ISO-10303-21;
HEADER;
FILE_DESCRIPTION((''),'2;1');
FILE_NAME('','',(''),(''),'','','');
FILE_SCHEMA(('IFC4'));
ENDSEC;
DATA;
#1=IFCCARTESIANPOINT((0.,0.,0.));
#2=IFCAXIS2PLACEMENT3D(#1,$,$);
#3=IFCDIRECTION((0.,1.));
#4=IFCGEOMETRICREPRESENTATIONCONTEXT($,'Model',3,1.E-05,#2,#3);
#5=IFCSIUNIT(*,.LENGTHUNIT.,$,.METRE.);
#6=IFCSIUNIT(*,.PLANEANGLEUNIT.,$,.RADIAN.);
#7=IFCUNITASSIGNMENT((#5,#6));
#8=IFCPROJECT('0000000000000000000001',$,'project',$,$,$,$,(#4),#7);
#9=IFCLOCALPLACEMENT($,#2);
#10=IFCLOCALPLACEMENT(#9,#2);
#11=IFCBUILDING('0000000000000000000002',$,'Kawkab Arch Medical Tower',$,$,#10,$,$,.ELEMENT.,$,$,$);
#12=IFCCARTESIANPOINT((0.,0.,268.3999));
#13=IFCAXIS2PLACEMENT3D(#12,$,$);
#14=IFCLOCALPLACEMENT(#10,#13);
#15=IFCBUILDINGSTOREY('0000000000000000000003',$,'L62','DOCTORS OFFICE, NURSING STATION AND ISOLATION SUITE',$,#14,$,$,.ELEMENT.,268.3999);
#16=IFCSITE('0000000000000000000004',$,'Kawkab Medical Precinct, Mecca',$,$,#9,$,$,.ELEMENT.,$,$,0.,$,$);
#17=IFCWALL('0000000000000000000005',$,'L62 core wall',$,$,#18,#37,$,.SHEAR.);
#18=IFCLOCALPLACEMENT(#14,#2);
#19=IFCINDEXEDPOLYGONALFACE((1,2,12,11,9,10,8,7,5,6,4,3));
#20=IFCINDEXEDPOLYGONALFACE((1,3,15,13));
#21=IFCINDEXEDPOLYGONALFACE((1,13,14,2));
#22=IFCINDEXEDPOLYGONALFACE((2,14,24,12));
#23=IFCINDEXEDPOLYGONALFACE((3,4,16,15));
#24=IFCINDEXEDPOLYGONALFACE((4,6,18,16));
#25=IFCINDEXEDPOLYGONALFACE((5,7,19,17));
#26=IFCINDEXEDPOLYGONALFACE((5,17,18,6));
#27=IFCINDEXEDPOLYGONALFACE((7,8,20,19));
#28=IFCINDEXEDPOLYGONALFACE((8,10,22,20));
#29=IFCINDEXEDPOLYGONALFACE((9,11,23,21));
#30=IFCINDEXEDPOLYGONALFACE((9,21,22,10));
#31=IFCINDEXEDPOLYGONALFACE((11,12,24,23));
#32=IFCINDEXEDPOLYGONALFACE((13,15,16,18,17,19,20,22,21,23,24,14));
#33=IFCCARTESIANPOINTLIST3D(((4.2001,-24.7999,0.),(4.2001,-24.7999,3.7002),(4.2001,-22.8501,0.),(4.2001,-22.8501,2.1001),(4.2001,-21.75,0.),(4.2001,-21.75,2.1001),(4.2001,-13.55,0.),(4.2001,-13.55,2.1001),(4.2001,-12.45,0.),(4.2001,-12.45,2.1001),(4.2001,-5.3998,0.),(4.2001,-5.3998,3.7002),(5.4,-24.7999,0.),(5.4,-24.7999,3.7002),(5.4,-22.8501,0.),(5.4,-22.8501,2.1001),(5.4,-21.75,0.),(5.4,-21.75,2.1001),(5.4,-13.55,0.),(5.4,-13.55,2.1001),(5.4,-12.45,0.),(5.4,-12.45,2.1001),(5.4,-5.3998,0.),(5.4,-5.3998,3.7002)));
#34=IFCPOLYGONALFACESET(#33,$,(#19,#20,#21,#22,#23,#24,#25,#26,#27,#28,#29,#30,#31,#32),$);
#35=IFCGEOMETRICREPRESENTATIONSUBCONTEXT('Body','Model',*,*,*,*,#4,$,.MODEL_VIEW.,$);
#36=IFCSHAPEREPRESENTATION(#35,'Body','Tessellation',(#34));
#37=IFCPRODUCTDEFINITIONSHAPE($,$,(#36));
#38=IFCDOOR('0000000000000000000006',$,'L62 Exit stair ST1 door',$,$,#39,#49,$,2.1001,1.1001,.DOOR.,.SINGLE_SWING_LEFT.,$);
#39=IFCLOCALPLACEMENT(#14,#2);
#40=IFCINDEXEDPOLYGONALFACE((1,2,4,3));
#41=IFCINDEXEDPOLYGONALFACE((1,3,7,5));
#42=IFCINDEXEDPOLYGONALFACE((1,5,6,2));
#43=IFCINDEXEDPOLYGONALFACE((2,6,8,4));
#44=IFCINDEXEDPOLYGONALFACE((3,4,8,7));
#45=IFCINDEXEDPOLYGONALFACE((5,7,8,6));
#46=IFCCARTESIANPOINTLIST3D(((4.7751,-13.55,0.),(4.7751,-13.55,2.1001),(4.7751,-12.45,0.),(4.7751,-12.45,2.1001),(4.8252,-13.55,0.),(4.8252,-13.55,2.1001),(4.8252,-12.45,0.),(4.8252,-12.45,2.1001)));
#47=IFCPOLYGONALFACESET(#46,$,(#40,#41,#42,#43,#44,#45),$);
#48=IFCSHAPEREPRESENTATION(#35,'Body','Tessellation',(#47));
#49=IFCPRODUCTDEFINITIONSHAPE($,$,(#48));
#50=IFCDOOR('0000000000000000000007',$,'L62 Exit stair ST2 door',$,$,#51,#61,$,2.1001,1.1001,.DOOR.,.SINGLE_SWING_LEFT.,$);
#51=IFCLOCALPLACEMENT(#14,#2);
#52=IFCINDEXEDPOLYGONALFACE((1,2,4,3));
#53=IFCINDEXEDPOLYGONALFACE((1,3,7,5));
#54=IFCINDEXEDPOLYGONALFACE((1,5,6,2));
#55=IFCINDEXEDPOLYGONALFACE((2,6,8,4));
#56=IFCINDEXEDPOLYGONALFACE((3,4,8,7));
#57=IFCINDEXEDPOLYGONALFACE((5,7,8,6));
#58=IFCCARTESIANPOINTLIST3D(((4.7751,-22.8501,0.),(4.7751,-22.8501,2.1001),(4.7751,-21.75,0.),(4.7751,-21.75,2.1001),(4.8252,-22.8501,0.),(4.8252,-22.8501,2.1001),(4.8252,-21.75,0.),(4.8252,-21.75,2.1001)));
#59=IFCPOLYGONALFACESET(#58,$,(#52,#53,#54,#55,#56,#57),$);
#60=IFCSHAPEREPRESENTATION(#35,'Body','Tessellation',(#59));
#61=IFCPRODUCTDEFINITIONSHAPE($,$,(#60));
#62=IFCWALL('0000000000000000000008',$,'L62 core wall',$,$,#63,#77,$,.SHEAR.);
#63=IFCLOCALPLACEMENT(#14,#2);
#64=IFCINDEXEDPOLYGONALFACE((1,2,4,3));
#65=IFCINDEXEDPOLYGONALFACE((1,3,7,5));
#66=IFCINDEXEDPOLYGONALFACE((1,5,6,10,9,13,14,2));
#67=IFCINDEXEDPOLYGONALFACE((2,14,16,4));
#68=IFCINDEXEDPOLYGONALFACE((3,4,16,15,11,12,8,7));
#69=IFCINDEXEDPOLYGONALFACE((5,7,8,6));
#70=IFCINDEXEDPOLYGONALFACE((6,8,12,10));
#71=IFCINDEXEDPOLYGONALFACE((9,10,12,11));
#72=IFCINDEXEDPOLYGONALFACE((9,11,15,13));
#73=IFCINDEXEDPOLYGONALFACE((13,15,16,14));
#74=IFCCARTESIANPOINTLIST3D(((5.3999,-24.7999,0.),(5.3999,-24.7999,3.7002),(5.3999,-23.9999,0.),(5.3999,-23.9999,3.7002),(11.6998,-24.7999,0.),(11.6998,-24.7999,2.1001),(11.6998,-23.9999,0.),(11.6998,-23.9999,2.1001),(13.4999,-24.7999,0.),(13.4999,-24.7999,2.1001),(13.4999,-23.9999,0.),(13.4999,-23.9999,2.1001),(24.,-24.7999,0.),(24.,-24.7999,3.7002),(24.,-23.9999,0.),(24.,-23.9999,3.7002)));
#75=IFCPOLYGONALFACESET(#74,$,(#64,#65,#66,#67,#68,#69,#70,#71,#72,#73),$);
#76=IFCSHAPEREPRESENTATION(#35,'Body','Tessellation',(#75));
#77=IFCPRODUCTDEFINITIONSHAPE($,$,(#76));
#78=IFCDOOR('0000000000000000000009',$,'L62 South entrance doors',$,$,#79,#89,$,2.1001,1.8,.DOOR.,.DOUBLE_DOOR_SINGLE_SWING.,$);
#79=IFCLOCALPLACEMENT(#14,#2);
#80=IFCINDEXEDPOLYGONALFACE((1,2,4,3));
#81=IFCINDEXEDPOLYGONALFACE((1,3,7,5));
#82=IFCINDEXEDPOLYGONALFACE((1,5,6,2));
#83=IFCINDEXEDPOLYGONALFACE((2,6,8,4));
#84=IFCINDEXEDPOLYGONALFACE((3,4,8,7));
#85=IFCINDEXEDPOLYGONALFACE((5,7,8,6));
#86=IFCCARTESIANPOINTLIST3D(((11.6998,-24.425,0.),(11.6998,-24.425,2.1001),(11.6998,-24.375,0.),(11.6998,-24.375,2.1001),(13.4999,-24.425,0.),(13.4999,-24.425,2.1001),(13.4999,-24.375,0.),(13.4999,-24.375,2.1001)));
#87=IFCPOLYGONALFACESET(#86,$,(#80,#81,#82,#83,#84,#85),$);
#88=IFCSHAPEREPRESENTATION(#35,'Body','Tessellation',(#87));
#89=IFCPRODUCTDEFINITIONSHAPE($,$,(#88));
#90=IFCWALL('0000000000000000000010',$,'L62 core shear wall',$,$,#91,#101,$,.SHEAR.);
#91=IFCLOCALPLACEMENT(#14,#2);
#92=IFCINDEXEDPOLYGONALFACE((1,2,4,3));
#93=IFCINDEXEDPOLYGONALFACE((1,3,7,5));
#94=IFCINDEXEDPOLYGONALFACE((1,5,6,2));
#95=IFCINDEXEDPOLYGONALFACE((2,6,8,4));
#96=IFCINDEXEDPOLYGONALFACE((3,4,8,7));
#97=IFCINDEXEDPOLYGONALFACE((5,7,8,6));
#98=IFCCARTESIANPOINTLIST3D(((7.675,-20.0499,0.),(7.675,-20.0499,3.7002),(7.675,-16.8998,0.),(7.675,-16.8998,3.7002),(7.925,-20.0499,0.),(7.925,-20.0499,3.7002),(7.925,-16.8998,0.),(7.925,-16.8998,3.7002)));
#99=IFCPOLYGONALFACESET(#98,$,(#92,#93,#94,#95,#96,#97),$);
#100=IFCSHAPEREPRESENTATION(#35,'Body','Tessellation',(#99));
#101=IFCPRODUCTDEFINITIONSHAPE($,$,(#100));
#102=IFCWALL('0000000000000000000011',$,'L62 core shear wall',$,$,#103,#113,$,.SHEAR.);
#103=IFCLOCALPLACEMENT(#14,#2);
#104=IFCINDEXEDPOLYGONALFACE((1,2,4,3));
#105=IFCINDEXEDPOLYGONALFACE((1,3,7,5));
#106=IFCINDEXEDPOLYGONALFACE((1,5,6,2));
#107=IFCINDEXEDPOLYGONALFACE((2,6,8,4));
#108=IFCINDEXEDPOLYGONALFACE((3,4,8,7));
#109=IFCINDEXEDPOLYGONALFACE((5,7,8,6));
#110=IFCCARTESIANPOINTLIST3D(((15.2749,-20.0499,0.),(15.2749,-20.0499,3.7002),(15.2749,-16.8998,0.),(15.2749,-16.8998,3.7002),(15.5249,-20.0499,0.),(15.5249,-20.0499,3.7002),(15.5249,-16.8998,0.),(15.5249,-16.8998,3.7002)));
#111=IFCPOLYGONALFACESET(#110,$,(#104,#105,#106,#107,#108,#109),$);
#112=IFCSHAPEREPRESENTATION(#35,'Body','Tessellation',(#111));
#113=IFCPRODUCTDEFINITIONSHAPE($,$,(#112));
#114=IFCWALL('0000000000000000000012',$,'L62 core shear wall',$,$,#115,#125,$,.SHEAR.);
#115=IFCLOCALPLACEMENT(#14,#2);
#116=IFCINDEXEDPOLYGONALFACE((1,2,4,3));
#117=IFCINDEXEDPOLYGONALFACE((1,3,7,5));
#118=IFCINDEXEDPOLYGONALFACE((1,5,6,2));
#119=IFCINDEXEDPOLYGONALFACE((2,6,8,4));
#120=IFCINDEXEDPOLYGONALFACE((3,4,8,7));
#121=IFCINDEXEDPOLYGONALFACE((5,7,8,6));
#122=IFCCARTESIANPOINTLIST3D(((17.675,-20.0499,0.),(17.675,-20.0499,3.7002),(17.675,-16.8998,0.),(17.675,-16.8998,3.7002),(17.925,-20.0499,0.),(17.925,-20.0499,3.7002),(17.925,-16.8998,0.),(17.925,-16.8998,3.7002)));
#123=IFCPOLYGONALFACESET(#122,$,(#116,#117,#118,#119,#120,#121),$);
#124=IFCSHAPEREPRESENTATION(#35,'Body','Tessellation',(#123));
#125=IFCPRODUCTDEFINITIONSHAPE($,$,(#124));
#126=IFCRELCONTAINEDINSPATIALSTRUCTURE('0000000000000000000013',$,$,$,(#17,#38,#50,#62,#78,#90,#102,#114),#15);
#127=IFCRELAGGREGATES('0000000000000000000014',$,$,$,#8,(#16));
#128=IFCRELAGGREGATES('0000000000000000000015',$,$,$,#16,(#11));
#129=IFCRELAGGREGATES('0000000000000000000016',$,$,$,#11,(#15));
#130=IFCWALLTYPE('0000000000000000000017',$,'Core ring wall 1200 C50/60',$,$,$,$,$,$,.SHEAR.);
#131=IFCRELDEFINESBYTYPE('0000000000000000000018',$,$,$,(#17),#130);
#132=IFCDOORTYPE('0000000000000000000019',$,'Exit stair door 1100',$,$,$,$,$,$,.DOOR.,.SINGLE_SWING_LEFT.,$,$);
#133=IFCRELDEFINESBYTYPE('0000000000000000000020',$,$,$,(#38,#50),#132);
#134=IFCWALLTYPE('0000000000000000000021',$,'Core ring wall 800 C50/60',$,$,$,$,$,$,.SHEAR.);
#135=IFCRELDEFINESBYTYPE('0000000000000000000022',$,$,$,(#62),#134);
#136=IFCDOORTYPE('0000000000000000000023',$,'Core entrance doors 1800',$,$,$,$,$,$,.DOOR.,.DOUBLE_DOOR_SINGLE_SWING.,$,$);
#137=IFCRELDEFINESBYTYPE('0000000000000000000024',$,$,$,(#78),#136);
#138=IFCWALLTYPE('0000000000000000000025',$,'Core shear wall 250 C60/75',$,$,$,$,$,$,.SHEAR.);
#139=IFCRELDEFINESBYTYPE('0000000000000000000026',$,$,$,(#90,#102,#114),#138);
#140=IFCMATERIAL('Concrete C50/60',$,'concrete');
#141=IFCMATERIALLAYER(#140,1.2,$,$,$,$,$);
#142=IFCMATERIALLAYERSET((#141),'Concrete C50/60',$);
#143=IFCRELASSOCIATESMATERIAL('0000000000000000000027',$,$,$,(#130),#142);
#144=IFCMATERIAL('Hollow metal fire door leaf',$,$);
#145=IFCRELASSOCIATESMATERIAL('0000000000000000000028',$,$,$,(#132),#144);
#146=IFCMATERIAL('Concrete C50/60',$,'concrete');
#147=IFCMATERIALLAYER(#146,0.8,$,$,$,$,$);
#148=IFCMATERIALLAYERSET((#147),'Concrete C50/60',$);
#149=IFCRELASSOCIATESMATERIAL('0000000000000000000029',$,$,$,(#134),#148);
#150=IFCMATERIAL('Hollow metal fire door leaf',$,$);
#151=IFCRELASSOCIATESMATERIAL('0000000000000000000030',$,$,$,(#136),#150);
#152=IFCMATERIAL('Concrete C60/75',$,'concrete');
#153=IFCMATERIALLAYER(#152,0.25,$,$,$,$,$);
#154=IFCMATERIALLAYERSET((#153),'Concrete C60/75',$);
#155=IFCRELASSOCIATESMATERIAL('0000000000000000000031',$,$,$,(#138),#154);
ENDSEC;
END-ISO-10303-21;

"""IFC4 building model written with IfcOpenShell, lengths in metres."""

from ifc_helpers import new_model, si_unit, direction, frame, frame_2d, origin, place, context, subcontext, project, spatial, rectangle, extrude, material, layer, layer_set, type_object, element, fill, save


model = new_model("IFC4")

# Units and contexts
model_context = context("Model", 3, precision=1e-05, world=origin(), true_north=direction((0.0, 1.0)))
body_context = subcontext(model_context, "Body", "Model", "MODEL_VIEW")
ifc_project = project(units=[si_unit("LENGTHUNIT", "METRE"), si_unit("PLANEANGLEUNIT", "RADIAN")], contexts=[model_context])

# Site, building, storey
site_placement = place(None, origin())
site = spatial("IfcSite", under=ifc_project, at=site_placement, Name="Kawkab Medical Precinct, Mecca", CompositionType="ELEMENT", RefElevation=0.0)
building_placement = place(site_placement, origin())
building = spatial("IfcBuilding", under=site, at=building_placement, Name="Kawkab Arch Medical Tower", CompositionType="ELEMENT")
storey_placement = place(building_placement, frame((0.0, 0.0, 268.3999)))
storey = spatial("IfcBuildingStorey", under=building, at=storey_placement, Name="L62", Description="DOCTORS OFFICE, NURSING STATION AND ISOLATION SUITE", CompositionType="ELEMENT", Elevation=268.3999)

# Wall, openings, doors
ifc_material_1 = material(Name="Concrete C50/60", Category="concrete")
ifc_layer_1 = layer(ifc_material_1, 1.2)
ifc_layer_set_1 = layer_set([ifc_layer_1], Name="Concrete C50/60")
wall_type_1 = type_object("IfcWallType", Name="Core ring wall 1200 C50/60", PredefinedType="SHEAR", material=ifc_layer_set_1)
wall_1_placement = place(storey_placement, frame((4.8, -24.8, 0.0), z_axis=(0.0, 0.0, 1.0), x_axis=(0.0, 1.0, 0.0)))
wall_1 = element("IfcWall", 1, at=wall_1_placement, inside=storey, type_object=wall_type_1, Name="L62 core wall", PredefinedType="SHEAR", context=body_context, shape_type="SweptSolid", body=[
    extrude(rectangle(XDim=19.4001, YDim=1.2, at=frame_2d((9.7002, 0.0))), origin(), (0.0, 0.0, 1.0), 3.7002),
])
opening_1_placement = place(wall_1_placement, frame((11.25, 0.0, 0.0)))
opening_1 = element("IfcOpeningElement", 2, at=opening_1_placement, cuts=wall_1, PredefinedType="OPENING", context=body_context, shape_type="SweptSolid", body=[
    extrude(rectangle(XDim=1.1001, YDim=2.1001, at=frame_2d((0.55, 1.05))), frame((0.0, 0.6099, 0.0), z_axis=(0.0, -1.0, 0.0), x_axis=(1.0, 0.0, 0.0)), (0.0, 0.0, 1.0), 1.22),
])
opening_2_placement = place(wall_1_placement, frame((1.95, 0.0, 0.0)))
opening_2 = element("IfcOpeningElement", 3, at=opening_2_placement, cuts=wall_1, PredefinedType="OPENING", context=body_context, shape_type="SweptSolid", body=[
    extrude(rectangle(XDim=1.1001, YDim=2.1001, at=frame_2d((0.55, 1.05))), frame((0.0, 0.6099, 0.0), z_axis=(0.0, -1.0, 0.0), x_axis=(1.0, 0.0, 0.0)), (0.0, 0.0, 1.0), 1.22),
])
ifc_material_2 = material(Name="Hollow metal fire door leaf")
door_type_1 = type_object("IfcDoorType", Name="Exit stair door 1100", OperationType="SINGLE_SWING_LEFT", PredefinedType="DOOR", material=ifc_material_2)
door_1_placement = place(opening_1_placement, origin())
door_1 = element("IfcDoor", 4, at=door_1_placement, inside=storey, type_object=door_type_1, Name="L62 Exit stair ST1 door", OperationType="SINGLE_SWING_LEFT", OverallHeight=2.1001, OverallWidth=1.1001, PredefinedType="DOOR", context=body_context, shape_type="SweptSolid", body=[
    extrude(rectangle(XDim=1.1001, YDim=2.1001, at=frame_2d((0.55, 1.05))), frame((0.0, 0.0249, 0.0), z_axis=(0.0, -1.0, 0.0), x_axis=(1.0, 0.0, 0.0)), (0.0, 0.0, 1.0), 0.05),
])
fill(opening_1, door_1)
door_2_placement = place(opening_2_placement, origin())
door_2 = element("IfcDoor", 5, at=door_2_placement, inside=storey, type_object=door_type_1, Name="L62 Exit stair ST2 door", OperationType="SINGLE_SWING_LEFT", OverallHeight=2.1001, OverallWidth=1.1001, PredefinedType="DOOR", context=body_context, shape_type="SweptSolid", body=[
    extrude(rectangle(XDim=1.1001, YDim=2.1001, at=frame_2d((0.55, 1.05))), frame((0.0, 0.0249, 0.0), z_axis=(0.0, -1.0, 0.0), x_axis=(1.0, 0.0, 0.0)), (0.0, 0.0, 1.0), 0.05),
])
fill(opening_2, door_2)

# Wall, opening, door
ifc_material_3 = material(Name="Concrete C50/60", Category="concrete")
ifc_layer_2 = layer(ifc_material_3, 0.8)
ifc_layer_set_2 = layer_set([ifc_layer_2], Name="Concrete C50/60")
wall_type_2 = type_object("IfcWallType", Name="Core ring wall 800 C50/60", PredefinedType="SHEAR", material=ifc_layer_set_2)
wall_2_placement = place(storey_placement, frame((5.3999, -24.3999, 0.0), z_axis=(0.0, 0.0, 1.0), x_axis=(1.0, 0.0, 0.0)))
wall_2 = element("IfcWall", 6, at=wall_2_placement, inside=storey, type_object=wall_type_2, Name="L62 core wall", PredefinedType="SHEAR", context=body_context, shape_type="SweptSolid", body=[
    extrude(rectangle(XDim=18.6001, YDim=0.8, at=frame_2d((9.3, 0.0))), origin(), (0.0, 0.0, 1.0), 3.7002),
])
opening_3_placement = place(wall_2_placement, frame((6.3, 0.0, 0.0)))
opening_3 = element("IfcOpeningElement", 7, at=opening_3_placement, cuts=wall_2, PredefinedType="OPENING", context=body_context, shape_type="SweptSolid", body=[
    extrude(rectangle(XDim=1.8, YDim=2.1001, at=frame_2d((0.8999, 1.05))), frame((0.0, 0.4099, 0.0), z_axis=(0.0, -1.0, 0.0), x_axis=(1.0, 0.0, 0.0)), (0.0, 0.0, 1.0), 0.8201),
])
ifc_material_4 = material(Name="Hollow metal fire door leaf")
door_type_2 = type_object("IfcDoorType", Name="Core entrance doors 1800", OperationType="DOUBLE_DOOR_SINGLE_SWING", PredefinedType="DOOR", material=ifc_material_4)
door_3_placement = place(opening_3_placement, origin())
door_3 = element("IfcDoor", 8, at=door_3_placement, inside=storey, type_object=door_type_2, Name="L62 South entrance doors", OperationType="DOUBLE_DOOR_SINGLE_SWING", OverallHeight=2.1001, OverallWidth=1.8, PredefinedType="DOOR", context=body_context, shape_type="SweptSolid", body=[
    extrude(rectangle(XDim=1.8, YDim=2.1001, at=frame_2d((0.8999, 1.05))), frame((0.0, 0.0249, 0.0), z_axis=(0.0, -1.0, 0.0), x_axis=(1.0, 0.0, 0.0)), (0.0, 0.0, 1.0), 0.05),
])
fill(opening_3, door_3)

# Walls
ifc_material_5 = material(Name="Concrete C60/75", Category="concrete")
ifc_layer_3 = layer(ifc_material_5, 0.25)
ifc_layer_set_3 = layer_set([ifc_layer_3], Name="Concrete C60/75")
wall_type_3 = type_object("IfcWallType", Name="Core shear wall 250 C60/75", PredefinedType="SHEAR", material=ifc_layer_set_3)
for number, where, z_axis, x_axis, name in (
    (9, (7.8, -20.05, 0.0), (0.0, 0.0, 1.0), (0.0, 1.0, 0.0), "L62 core shear wall"),
    (10, (15.3999, -20.05, 0.0), (0.0, 0.0, 1.0), (0.0, 1.0, 0.0), "L62 core shear wall"),
    (11, (17.8, -20.05, 0.0), (0.0, 0.0, 1.0), (0.0, 1.0, 0.0), "L62 core shear wall"),
):
    element("IfcWall", number, at=place(storey_placement, frame(where, z_axis=z_axis, x_axis=x_axis)), inside=storey, type_object=wall_type_3, Name=name, PredefinedType="SHEAR", context=body_context, shape_type="SweptSolid", body=[
        extrude(rectangle(XDim=3.1501, YDim=0.25, at=frame_2d((1.5752, 0.0))), origin(), (0.0, 0.0, 1.0), 3.7002),
    ])

save(model, "model.ifc")
